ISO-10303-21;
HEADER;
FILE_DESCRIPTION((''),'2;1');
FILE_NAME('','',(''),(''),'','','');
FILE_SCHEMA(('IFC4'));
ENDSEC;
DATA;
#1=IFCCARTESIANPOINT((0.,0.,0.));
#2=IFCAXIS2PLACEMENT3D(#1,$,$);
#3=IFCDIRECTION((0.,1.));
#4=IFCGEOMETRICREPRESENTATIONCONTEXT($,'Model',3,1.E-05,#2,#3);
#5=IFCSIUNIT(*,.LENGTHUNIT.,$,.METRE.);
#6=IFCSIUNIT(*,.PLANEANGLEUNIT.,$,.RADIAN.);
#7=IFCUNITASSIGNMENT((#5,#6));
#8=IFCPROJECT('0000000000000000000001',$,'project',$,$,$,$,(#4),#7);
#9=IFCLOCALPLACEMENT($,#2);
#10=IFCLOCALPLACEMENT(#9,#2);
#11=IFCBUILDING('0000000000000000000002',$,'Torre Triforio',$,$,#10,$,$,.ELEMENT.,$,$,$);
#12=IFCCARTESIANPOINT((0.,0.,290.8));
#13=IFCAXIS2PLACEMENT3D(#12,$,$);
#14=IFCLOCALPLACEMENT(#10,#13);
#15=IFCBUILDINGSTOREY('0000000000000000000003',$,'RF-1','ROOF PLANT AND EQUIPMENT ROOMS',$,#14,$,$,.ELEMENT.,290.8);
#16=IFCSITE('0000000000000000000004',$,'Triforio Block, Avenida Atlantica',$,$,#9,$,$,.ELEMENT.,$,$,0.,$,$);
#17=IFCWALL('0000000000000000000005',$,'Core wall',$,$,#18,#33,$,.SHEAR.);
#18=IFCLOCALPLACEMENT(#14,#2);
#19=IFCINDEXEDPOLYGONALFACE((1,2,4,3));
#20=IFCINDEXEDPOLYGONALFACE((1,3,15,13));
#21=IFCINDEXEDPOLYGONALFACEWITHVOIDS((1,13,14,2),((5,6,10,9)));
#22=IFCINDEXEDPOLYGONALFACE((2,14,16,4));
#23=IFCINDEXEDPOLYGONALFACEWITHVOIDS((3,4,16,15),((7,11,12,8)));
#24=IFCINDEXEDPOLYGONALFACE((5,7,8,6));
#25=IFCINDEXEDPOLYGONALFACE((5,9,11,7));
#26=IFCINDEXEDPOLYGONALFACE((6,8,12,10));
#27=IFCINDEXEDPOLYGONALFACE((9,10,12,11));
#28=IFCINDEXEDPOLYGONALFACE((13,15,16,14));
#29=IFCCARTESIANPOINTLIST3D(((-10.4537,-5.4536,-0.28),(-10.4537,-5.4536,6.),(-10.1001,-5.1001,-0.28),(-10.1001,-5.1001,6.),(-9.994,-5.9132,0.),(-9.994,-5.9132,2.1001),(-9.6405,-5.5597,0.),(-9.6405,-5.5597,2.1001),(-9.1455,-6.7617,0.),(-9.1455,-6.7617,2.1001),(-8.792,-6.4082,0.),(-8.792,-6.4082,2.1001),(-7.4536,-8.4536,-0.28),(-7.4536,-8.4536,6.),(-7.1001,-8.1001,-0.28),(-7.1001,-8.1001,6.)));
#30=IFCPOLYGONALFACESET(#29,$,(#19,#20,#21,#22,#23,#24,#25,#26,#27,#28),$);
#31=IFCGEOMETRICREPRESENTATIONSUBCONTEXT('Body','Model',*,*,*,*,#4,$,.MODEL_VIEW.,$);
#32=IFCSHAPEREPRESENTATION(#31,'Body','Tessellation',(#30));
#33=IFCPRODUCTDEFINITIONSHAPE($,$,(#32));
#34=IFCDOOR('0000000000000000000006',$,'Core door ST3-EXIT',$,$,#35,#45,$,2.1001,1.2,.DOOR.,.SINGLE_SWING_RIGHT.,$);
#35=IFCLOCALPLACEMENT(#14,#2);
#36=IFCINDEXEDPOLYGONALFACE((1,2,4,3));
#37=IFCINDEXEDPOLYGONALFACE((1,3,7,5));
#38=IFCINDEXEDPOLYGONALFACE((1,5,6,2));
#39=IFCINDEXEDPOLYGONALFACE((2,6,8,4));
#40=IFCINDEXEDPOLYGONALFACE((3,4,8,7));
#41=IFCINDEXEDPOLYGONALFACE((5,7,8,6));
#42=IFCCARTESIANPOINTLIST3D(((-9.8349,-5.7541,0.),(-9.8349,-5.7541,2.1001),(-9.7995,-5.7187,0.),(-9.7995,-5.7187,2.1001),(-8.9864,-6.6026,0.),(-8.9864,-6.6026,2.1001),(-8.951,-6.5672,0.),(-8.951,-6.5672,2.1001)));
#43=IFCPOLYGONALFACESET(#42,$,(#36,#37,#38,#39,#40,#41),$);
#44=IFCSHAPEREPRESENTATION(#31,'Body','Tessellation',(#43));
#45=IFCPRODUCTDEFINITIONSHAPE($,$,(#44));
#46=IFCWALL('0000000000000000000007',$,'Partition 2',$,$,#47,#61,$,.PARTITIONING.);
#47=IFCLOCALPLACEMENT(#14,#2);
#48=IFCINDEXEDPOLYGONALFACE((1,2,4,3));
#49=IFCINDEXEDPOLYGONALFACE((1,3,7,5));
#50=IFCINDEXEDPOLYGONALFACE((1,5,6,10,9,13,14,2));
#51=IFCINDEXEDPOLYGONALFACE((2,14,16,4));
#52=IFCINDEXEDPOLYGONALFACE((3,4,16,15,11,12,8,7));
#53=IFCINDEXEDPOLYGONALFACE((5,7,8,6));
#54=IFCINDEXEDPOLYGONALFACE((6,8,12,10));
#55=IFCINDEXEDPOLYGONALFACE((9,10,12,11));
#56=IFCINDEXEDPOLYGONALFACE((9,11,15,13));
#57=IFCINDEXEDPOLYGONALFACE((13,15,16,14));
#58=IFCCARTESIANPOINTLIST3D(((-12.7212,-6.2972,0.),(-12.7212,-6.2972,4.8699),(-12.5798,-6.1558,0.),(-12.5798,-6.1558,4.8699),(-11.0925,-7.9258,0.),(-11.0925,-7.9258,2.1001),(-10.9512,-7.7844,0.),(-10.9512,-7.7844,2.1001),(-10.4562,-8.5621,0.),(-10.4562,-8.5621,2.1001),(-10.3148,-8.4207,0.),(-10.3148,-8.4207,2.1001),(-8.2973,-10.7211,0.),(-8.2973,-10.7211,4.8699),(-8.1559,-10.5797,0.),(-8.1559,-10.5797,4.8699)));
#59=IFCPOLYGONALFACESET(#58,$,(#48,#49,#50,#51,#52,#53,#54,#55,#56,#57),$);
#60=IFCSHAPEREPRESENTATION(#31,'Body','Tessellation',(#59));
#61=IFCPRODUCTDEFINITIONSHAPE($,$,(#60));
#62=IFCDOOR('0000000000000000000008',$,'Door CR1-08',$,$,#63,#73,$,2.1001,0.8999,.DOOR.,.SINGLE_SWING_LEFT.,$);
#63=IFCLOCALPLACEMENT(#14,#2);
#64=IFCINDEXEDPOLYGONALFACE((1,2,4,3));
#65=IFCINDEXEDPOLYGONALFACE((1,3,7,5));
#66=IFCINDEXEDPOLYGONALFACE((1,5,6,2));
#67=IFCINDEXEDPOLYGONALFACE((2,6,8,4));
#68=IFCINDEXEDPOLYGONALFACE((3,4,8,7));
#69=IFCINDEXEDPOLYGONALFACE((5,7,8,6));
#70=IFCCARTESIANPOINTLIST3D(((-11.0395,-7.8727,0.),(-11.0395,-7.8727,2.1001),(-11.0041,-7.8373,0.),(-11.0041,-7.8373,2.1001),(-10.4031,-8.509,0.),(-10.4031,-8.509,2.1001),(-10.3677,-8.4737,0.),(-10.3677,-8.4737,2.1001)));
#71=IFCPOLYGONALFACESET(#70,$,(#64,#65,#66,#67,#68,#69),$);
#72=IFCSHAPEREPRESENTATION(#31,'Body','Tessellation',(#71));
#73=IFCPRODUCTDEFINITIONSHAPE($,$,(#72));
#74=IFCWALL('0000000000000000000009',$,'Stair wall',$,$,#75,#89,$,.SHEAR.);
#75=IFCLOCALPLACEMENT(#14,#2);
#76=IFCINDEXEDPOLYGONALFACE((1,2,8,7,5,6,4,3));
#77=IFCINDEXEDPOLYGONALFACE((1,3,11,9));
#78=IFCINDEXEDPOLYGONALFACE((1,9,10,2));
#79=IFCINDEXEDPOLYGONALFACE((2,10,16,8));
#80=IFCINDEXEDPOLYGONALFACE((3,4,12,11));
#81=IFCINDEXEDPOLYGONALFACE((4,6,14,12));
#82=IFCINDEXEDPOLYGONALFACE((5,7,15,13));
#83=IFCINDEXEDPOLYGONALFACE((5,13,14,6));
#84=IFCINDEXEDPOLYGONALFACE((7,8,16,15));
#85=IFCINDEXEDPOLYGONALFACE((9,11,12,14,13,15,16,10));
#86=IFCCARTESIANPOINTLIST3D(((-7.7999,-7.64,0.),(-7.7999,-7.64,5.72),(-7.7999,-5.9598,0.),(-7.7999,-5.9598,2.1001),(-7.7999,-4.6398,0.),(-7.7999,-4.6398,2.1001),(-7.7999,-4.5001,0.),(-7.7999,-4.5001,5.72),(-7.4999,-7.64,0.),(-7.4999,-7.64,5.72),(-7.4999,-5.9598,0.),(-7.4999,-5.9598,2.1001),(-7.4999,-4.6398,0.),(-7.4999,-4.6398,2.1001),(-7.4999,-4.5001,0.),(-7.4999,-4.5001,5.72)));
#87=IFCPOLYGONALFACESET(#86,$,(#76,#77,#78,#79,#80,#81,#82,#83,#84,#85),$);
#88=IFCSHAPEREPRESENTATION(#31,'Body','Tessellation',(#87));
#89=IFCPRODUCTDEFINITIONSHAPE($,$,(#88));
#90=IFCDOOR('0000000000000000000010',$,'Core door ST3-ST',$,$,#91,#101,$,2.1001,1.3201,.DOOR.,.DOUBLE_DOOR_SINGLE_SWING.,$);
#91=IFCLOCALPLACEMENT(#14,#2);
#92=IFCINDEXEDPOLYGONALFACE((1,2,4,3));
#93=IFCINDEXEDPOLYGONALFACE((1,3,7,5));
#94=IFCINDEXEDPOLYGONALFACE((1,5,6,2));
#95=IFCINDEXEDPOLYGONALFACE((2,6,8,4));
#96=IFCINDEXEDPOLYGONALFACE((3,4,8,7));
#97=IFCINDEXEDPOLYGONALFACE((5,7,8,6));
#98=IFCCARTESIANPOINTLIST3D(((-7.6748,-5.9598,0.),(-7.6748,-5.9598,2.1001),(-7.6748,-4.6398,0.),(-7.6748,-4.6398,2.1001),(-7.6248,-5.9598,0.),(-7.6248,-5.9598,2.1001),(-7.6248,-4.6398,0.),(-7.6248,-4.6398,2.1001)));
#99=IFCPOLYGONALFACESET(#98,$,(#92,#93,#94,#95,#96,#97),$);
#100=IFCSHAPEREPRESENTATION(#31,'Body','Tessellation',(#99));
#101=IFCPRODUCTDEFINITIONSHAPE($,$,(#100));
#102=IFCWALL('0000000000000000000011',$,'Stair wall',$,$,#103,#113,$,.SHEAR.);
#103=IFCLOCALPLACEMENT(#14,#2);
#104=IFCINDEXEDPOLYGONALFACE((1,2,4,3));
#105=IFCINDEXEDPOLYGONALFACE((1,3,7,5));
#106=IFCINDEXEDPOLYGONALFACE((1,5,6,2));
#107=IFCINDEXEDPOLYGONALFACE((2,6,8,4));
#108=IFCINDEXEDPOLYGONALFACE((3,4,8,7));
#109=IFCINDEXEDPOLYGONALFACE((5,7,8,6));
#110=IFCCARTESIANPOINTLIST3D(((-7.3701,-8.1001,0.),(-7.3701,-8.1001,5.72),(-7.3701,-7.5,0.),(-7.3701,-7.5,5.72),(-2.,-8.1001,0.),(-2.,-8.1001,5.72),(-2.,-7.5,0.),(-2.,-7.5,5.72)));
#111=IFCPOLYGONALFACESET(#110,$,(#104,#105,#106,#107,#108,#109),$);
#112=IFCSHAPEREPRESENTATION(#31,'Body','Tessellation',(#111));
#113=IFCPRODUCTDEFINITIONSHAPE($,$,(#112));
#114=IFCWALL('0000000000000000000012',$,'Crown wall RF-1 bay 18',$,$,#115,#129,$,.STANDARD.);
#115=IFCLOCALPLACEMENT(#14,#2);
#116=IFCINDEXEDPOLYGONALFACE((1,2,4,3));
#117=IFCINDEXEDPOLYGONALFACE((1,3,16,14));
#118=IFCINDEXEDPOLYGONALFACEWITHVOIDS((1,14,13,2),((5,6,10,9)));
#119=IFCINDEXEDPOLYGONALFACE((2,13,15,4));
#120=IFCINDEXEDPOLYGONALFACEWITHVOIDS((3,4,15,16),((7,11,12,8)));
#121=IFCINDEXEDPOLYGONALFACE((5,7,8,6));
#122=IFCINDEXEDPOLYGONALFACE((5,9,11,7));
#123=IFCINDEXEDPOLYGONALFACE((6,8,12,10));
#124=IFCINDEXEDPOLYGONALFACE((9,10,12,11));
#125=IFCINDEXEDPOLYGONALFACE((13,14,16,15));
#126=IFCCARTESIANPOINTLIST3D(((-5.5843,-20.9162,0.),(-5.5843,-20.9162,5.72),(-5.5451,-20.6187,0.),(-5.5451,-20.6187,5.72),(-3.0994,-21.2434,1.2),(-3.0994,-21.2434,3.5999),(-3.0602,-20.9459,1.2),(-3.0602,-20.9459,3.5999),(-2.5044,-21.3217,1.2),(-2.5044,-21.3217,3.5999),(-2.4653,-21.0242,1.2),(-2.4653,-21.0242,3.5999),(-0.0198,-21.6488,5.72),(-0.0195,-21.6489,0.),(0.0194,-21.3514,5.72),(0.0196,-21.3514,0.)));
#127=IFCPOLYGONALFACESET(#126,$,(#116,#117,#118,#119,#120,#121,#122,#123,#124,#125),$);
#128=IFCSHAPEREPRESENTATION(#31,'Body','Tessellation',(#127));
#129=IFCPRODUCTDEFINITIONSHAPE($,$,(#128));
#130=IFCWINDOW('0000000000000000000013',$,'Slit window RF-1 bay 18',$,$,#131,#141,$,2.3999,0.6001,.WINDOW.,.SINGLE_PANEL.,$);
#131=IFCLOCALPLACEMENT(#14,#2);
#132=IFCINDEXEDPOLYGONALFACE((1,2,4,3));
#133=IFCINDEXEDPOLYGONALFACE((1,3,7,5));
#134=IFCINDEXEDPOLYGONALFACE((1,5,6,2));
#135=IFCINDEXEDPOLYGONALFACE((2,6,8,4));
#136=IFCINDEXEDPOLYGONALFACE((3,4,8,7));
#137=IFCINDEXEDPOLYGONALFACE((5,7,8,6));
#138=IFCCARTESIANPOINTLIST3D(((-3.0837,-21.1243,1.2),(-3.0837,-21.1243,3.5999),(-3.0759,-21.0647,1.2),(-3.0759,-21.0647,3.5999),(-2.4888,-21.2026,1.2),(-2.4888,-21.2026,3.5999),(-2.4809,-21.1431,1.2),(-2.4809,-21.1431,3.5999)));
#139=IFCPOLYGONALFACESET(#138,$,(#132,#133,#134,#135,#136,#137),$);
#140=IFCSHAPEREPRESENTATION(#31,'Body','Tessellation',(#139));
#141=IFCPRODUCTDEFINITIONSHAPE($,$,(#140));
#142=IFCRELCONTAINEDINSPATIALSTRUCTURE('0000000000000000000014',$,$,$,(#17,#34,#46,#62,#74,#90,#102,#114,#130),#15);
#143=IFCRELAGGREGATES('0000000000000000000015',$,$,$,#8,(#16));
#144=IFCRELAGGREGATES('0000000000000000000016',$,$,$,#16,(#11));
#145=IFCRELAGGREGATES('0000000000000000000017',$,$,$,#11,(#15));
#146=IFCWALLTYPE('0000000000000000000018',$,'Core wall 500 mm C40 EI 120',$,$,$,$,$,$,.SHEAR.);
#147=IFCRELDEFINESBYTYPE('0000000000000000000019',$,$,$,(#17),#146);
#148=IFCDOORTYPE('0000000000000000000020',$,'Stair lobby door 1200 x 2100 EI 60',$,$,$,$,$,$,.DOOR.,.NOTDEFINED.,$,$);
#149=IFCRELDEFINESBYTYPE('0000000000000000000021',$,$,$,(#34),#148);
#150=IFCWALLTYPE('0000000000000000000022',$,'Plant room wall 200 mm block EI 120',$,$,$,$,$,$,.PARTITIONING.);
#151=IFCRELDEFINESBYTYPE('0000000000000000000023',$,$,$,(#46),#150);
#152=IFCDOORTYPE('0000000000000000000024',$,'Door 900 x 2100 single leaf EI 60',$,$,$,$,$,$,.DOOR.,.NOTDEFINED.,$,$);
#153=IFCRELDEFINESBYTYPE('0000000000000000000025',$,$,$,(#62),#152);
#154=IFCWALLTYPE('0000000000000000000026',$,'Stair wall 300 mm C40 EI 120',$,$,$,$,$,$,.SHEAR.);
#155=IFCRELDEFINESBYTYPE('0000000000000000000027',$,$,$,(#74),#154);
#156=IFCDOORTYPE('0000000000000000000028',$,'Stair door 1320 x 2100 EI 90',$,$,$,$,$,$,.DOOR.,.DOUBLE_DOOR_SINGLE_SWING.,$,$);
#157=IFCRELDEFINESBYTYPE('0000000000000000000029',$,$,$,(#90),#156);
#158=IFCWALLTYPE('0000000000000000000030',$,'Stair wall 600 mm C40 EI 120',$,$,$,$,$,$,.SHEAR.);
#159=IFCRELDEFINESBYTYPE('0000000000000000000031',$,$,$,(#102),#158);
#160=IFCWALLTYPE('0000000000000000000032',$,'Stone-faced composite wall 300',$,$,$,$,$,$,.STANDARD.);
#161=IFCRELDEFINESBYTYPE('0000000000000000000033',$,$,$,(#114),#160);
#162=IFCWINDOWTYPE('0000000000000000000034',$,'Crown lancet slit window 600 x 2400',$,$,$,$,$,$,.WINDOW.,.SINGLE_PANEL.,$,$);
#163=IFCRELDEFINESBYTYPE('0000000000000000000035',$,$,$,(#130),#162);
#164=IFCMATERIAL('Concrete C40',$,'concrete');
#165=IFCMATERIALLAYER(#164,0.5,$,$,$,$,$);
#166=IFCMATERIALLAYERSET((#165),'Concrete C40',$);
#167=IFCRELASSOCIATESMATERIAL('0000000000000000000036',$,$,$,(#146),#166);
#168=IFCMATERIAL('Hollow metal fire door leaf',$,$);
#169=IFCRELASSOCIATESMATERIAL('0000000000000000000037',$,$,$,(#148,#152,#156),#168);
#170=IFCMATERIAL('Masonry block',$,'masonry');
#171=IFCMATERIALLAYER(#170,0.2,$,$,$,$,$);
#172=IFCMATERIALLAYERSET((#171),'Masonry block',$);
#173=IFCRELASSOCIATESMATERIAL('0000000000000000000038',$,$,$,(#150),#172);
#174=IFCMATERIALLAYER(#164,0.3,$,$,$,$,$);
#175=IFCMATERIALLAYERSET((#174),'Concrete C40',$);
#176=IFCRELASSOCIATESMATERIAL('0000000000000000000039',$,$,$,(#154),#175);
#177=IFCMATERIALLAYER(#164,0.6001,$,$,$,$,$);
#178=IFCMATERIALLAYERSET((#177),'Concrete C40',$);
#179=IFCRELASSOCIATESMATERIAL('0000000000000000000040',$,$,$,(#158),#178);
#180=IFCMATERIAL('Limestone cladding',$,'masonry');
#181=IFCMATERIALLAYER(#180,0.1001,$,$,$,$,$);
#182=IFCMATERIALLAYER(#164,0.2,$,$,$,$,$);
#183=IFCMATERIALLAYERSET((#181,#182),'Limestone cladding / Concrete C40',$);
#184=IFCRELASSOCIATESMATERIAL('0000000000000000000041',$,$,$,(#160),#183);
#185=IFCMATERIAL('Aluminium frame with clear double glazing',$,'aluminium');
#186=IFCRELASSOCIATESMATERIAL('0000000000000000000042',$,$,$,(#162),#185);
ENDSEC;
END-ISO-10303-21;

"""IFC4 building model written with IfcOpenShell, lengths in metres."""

from ifc_helpers import new_model, si_unit, direction, frame, frame_2d, origin, place, context, subcontext, project, spatial, polyline, rectangle, outline, extrude, material, layer, layer_set, type_object, element, fill, save


model = new_model("IFC4")

# Units and contexts
model_context = context("Model", 3, precision=1e-05, world=origin(), true_north=direction((0.0, 1.0)))
body_context = subcontext(model_context, "Body", "Model", "MODEL_VIEW")
ifc_project = project(units=[si_unit("LENGTHUNIT", "METRE"), si_unit("PLANEANGLEUNIT", "RADIAN")], contexts=[model_context])

# Site, building, storey
site_placement = place(None, origin())
site = spatial("IfcSite", under=ifc_project, at=site_placement, Name="Triforio Block, Avenida Atlantica", CompositionType="ELEMENT", RefElevation=0.0)
building_placement = place(site_placement, origin())
building = spatial("IfcBuilding", under=site, at=building_placement, Name="Torre Triforio", CompositionType="ELEMENT")
storey_placement = place(building_placement, frame((0.0, 0.0, 290.8)))
storey = spatial("IfcBuildingStorey", under=building, at=storey_placement, Name="RF-1", Description="ROOF PLANT AND EQUIPMENT ROOMS", CompositionType="ELEMENT", Elevation=290.8)

# Shared definitions
ifc_material_1 = material(Name="Concrete C40", Category="concrete")

# Shared definitions
ifc_layer_1 = layer(ifc_material_1, 0.5)
ifc_layer_set_1 = layer_set([ifc_layer_1], Name="Concrete C40")
wall_type_1 = type_object("IfcWallType", Name="Core wall 500 mm C40 EI 120", PredefinedType="SHEAR", material=ifc_layer_set_1)
ifc_material_2 = material(Name="Hollow metal fire door leaf")

# Walls, openings, doors
wall_1_placement = place(storey_placement, frame((-7.2769, -8.2769, -0.28), z_axis=(0.0, 0.0, 1.0), x_axis=(-0.707107, 0.707107, 0.0)))
wall_1 = element("IfcWall", 1, at=wall_1_placement, inside=storey, type_object=wall_type_1, Name="Core wall", PredefinedType="SHEAR", context=body_context, shape_type="SweptSolid", body=[
    extrude(rectangle(XDim=4.2427, YDim=0.5, at=frame_2d((2.1213, 0.0))), origin(), (0.0, 0.0, 1.0), 6.28),
])
opening_1_placement = place(wall_1_placement, frame((2.3926, 0.0, 0.28)))
opening_1 = element("IfcOpeningElement", 2, at=opening_1_placement, cuts=wall_1, PredefinedType="OPENING", context=body_context, shape_type="SweptSolid", body=[
    extrude(rectangle(XDim=1.2, YDim=2.1001, at=frame_2d((0.6001, 1.05))), frame((0.0, 0.26, 0.0), z_axis=(0.0, -1.0, 0.0), x_axis=(1.0, 0.0, 0.0)), (0.0, 0.0, 1.0), 0.52),
])
door_type_1 = type_object("IfcDoorType", Name="Stair lobby door 1200 x 2100 EI 60", OperationType="NOTDEFINED", PredefinedType="DOOR", material=ifc_material_2)
door_1_placement = place(opening_1_placement, origin())
door_1 = element("IfcDoor", 3, at=door_1_placement, inside=storey, type_object=door_type_1, Name="Core door ST3-EXIT", OperationType="SINGLE_SWING_RIGHT", OverallHeight=2.1001, OverallWidth=1.2, PredefinedType="DOOR", context=body_context, shape_type="SweptSolid", body=[
    extrude(rectangle(XDim=1.2, YDim=2.1001, at=frame_2d((0.6001, 1.05))), frame((0.0, 0.0249, 0.0), z_axis=(0.0, -1.0, 0.0), x_axis=(1.0, 0.0, 0.0)), (0.0, 0.0, 1.0), 0.05),
])
fill(opening_1, door_1)
ifc_material_3 = material(Name="Masonry block", Category="masonry")
ifc_layer_2 = layer(ifc_material_3, 0.2)
ifc_layer_set_2 = layer_set([ifc_layer_2], Name="Masonry block")
wall_type_2 = type_object("IfcWallType", Name="Plant room wall 200 mm block EI 120", PredefinedType="PARTITIONING", material=ifc_layer_set_2)
wall_2_placement = place(storey_placement, frame((-8.2266, -10.6504, 0.0), z_axis=(0.0, 0.0, 1.0), x_axis=(-0.707107, 0.707107, 0.0)))
wall_2 = element("IfcWall", 4, at=wall_2_placement, inside=storey, type_object=wall_type_2, Name="Partition 2", PredefinedType="PARTITIONING", context=body_context, shape_type="SweptSolid", body=[
    extrude(rectangle(XDim=6.2563, YDim=0.2, at=frame_2d((3.1282, 0.0))), origin(), (0.0, 0.0, 1.0), 4.8699),
])
opening_2_placement = place(wall_2_placement, frame((3.0532, 0.0, 0.0)))
opening_2 = element("IfcOpeningElement", 5, at=opening_2_placement, cuts=wall_2, PredefinedType="OPENING", context=body_context, shape_type="SweptSolid", body=[
    extrude(rectangle(XDim=0.8999, YDim=2.1001, at=frame_2d((0.45, 1.05))), frame((0.0, 0.1099, 0.0), z_axis=(0.0, -1.0, 0.0), x_axis=(1.0, 0.0, 0.0)), (0.0, 0.0, 1.0), 0.22),
])
door_type_2 = type_object("IfcDoorType", Name="Door 900 x 2100 single leaf EI 60", OperationType="NOTDEFINED", PredefinedType="DOOR", material=ifc_material_2)
door_2_placement = place(opening_2_placement, origin())
door_2 = element("IfcDoor", 6, at=door_2_placement, inside=storey, type_object=door_type_2, Name="Door CR1-08", OperationType="SINGLE_SWING_LEFT", OverallHeight=2.1001, OverallWidth=0.8999, PredefinedType="DOOR", context=body_context, shape_type="SweptSolid", body=[
    extrude(rectangle(XDim=0.8999, YDim=2.1001, at=frame_2d((0.45, 1.05))), frame((0.0, 0.0249, 0.0), z_axis=(0.0, -1.0, 0.0), x_axis=(1.0, 0.0, 0.0)), (0.0, 0.0, 1.0), 0.05),
])
fill(opening_2, door_2)
ifc_layer_3 = layer(ifc_material_1, 0.3)
ifc_layer_set_3 = layer_set([ifc_layer_3], Name="Concrete C40")
wall_type_3 = type_object("IfcWallType", Name="Stair wall 300 mm C40 EI 120", PredefinedType="SHEAR", material=ifc_layer_set_3)
wall_3_placement = place(storey_placement, frame((-7.6499, -7.6399, 0.0), z_axis=(0.0, 0.0, 1.0), x_axis=(0.0, 1.0, 0.0)))
wall_3 = element("IfcWall", 7, at=wall_3_placement, inside=storey, type_object=wall_type_3, Name="Stair wall", PredefinedType="SHEAR", context=body_context, shape_type="SweptSolid", body=[
    extrude(rectangle(XDim=3.1399, YDim=0.3, at=frame_2d((1.5698, 0.0))), origin(), (0.0, 0.0, 1.0), 5.72),
])
opening_3_placement = place(wall_3_placement, frame((1.6799, 0.0, 0.0)))
opening_3 = element("IfcOpeningElement", 8, at=opening_3_placement, cuts=wall_3, PredefinedType="OPENING", context=body_context, shape_type="SweptSolid", body=[
    extrude(rectangle(XDim=1.3201, YDim=2.1001, at=frame_2d((0.6602, 1.05))), frame((0.0, 0.1599, 0.0), z_axis=(0.0, -1.0, 0.0), x_axis=(1.0, 0.0, 0.0)), (0.0, 0.0, 1.0), 0.3201),
])
door_type_3 = type_object("IfcDoorType", Name="Stair door 1320 x 2100 EI 90", OperationType="DOUBLE_DOOR_SINGLE_SWING", PredefinedType="DOOR", material=ifc_material_2)
door_3_placement = place(opening_3_placement, origin())
door_3 = element("IfcDoor", 9, at=door_3_placement, inside=storey, type_object=door_type_3, Name="Core door ST3-ST", OperationType="DOUBLE_DOOR_SINGLE_SWING", OverallHeight=2.1001, OverallWidth=1.3201, PredefinedType="DOOR", context=body_context, shape_type="SweptSolid", body=[
    extrude(rectangle(XDim=1.3201, YDim=2.1001, at=frame_2d((0.6602, 1.05))), frame((0.0, 0.0249, 0.0), z_axis=(0.0, -1.0, 0.0), x_axis=(1.0, 0.0, 0.0)), (0.0, 0.0, 1.0), 0.05),
])
fill(opening_3, door_3)

# Wall
ifc_layer_4 = layer(ifc_material_1, 0.6001)
ifc_layer_set_4 = layer_set([ifc_layer_4], Name="Concrete C40")
wall_type_4 = type_object("IfcWallType", Name="Stair wall 600 mm C40 EI 120", PredefinedType="SHEAR", material=ifc_layer_set_4)
wall_4_placement = place(storey_placement, frame((-7.3701, -7.8, 0.0), z_axis=(0.0, 0.0, 1.0), x_axis=(1.0, 0.0, 0.0)))
element("IfcWall", 10, at=wall_4_placement, inside=storey, type_object=wall_type_4, Name="Stair wall", PredefinedType="SHEAR", context=body_context, shape_type="SweptSolid", body=[
    extrude(rectangle(XDim=5.3701, YDim=0.6001, at=frame_2d((2.6851, 0.0))), origin(), (0.0, 0.0, 1.0), 5.72),
])

# Wall, opening, window
ifc_material_4 = material(Name="Limestone cladding", Category="masonry")
ifc_layer_5 = layer(ifc_material_4, 0.1001)
ifc_layer_6 = layer(ifc_material_1, 0.2)
ifc_layer_set_5 = layer_set([ifc_layer_5, ifc_layer_6], Name="Limestone cladding / Concrete C40")
wall_type_5 = type_object("IfcWallType", Name="Stone-faced composite wall 300", PredefinedType="STANDARD", material=ifc_layer_set_5)
wall_5_placement = place(storey_placement, frame((-5.5647, -20.7673, 0.0), z_axis=(0.0, 0.0, 1.0), x_axis=(0.991443, -0.130537, 0.0)))
wall_5 = element("IfcWall", 11, at=wall_5_placement, inside=storey, type_object=wall_type_5, Name="Crown wall RF-1 bay 18", PredefinedType="STANDARD", context=body_context, shape_type="SweptSolid", body=[
    extrude(outline(polyline([(0.0, 0.0), (5.6128, 0.0), (5.6125, 5.72), (0.0, 5.72), (0.0, 0.0)])), frame((0.0, 0.1499, 0.0), z_axis=(0.0, -1.0, 0.0), x_axis=(1.0, 0.0, 0.0)), (0.0, 0.0, 1.0), 0.3),
])
opening_4_placement = place(wall_5_placement, frame((2.5063, 0.0, 1.2)))
opening_4 = element("IfcOpeningElement", 12, at=opening_4_placement, cuts=wall_5, PredefinedType="OPENING", context=body_context, shape_type="SweptSolid", body=[
    extrude(rectangle(XDim=0.6001, YDim=2.3999, at=frame_2d((0.3, 1.2))), frame((0.0, 0.1599, 0.0), z_axis=(0.0, -1.0, 0.0), x_axis=(1.0, 0.0, 0.0)), (0.0, 0.0, 1.0), 0.3201),
])
ifc_material_5 = material(Name="Aluminium frame with clear double glazing", Category="aluminium")
window_type = type_object("IfcWindowType", Name="Crown lancet slit window 600 x 2400", PartitioningType="SINGLE_PANEL", PredefinedType="WINDOW", material=ifc_material_5)
window_placement = place(opening_4_placement, origin())
window = element("IfcWindow", 13, at=window_placement, inside=storey, type_object=window_type, Name="Slit window RF-1 bay 18", OverallHeight=2.3999, OverallWidth=0.6001, PartitioningType="SINGLE_PANEL", PredefinedType="WINDOW", context=body_context, shape_type="SweptSolid", body=[
    extrude(rectangle(XDim=0.6001, YDim=2.3999, at=frame_2d((0.3, 1.2))), frame((0.0, 0.03, 0.0), z_axis=(0.0, -1.0, 0.0), x_axis=(1.0, 0.0, 0.0)), (0.0, 0.0, 1.0), 0.0601),
])
fill(opening_4, window)

save(model, "model.ifc")
